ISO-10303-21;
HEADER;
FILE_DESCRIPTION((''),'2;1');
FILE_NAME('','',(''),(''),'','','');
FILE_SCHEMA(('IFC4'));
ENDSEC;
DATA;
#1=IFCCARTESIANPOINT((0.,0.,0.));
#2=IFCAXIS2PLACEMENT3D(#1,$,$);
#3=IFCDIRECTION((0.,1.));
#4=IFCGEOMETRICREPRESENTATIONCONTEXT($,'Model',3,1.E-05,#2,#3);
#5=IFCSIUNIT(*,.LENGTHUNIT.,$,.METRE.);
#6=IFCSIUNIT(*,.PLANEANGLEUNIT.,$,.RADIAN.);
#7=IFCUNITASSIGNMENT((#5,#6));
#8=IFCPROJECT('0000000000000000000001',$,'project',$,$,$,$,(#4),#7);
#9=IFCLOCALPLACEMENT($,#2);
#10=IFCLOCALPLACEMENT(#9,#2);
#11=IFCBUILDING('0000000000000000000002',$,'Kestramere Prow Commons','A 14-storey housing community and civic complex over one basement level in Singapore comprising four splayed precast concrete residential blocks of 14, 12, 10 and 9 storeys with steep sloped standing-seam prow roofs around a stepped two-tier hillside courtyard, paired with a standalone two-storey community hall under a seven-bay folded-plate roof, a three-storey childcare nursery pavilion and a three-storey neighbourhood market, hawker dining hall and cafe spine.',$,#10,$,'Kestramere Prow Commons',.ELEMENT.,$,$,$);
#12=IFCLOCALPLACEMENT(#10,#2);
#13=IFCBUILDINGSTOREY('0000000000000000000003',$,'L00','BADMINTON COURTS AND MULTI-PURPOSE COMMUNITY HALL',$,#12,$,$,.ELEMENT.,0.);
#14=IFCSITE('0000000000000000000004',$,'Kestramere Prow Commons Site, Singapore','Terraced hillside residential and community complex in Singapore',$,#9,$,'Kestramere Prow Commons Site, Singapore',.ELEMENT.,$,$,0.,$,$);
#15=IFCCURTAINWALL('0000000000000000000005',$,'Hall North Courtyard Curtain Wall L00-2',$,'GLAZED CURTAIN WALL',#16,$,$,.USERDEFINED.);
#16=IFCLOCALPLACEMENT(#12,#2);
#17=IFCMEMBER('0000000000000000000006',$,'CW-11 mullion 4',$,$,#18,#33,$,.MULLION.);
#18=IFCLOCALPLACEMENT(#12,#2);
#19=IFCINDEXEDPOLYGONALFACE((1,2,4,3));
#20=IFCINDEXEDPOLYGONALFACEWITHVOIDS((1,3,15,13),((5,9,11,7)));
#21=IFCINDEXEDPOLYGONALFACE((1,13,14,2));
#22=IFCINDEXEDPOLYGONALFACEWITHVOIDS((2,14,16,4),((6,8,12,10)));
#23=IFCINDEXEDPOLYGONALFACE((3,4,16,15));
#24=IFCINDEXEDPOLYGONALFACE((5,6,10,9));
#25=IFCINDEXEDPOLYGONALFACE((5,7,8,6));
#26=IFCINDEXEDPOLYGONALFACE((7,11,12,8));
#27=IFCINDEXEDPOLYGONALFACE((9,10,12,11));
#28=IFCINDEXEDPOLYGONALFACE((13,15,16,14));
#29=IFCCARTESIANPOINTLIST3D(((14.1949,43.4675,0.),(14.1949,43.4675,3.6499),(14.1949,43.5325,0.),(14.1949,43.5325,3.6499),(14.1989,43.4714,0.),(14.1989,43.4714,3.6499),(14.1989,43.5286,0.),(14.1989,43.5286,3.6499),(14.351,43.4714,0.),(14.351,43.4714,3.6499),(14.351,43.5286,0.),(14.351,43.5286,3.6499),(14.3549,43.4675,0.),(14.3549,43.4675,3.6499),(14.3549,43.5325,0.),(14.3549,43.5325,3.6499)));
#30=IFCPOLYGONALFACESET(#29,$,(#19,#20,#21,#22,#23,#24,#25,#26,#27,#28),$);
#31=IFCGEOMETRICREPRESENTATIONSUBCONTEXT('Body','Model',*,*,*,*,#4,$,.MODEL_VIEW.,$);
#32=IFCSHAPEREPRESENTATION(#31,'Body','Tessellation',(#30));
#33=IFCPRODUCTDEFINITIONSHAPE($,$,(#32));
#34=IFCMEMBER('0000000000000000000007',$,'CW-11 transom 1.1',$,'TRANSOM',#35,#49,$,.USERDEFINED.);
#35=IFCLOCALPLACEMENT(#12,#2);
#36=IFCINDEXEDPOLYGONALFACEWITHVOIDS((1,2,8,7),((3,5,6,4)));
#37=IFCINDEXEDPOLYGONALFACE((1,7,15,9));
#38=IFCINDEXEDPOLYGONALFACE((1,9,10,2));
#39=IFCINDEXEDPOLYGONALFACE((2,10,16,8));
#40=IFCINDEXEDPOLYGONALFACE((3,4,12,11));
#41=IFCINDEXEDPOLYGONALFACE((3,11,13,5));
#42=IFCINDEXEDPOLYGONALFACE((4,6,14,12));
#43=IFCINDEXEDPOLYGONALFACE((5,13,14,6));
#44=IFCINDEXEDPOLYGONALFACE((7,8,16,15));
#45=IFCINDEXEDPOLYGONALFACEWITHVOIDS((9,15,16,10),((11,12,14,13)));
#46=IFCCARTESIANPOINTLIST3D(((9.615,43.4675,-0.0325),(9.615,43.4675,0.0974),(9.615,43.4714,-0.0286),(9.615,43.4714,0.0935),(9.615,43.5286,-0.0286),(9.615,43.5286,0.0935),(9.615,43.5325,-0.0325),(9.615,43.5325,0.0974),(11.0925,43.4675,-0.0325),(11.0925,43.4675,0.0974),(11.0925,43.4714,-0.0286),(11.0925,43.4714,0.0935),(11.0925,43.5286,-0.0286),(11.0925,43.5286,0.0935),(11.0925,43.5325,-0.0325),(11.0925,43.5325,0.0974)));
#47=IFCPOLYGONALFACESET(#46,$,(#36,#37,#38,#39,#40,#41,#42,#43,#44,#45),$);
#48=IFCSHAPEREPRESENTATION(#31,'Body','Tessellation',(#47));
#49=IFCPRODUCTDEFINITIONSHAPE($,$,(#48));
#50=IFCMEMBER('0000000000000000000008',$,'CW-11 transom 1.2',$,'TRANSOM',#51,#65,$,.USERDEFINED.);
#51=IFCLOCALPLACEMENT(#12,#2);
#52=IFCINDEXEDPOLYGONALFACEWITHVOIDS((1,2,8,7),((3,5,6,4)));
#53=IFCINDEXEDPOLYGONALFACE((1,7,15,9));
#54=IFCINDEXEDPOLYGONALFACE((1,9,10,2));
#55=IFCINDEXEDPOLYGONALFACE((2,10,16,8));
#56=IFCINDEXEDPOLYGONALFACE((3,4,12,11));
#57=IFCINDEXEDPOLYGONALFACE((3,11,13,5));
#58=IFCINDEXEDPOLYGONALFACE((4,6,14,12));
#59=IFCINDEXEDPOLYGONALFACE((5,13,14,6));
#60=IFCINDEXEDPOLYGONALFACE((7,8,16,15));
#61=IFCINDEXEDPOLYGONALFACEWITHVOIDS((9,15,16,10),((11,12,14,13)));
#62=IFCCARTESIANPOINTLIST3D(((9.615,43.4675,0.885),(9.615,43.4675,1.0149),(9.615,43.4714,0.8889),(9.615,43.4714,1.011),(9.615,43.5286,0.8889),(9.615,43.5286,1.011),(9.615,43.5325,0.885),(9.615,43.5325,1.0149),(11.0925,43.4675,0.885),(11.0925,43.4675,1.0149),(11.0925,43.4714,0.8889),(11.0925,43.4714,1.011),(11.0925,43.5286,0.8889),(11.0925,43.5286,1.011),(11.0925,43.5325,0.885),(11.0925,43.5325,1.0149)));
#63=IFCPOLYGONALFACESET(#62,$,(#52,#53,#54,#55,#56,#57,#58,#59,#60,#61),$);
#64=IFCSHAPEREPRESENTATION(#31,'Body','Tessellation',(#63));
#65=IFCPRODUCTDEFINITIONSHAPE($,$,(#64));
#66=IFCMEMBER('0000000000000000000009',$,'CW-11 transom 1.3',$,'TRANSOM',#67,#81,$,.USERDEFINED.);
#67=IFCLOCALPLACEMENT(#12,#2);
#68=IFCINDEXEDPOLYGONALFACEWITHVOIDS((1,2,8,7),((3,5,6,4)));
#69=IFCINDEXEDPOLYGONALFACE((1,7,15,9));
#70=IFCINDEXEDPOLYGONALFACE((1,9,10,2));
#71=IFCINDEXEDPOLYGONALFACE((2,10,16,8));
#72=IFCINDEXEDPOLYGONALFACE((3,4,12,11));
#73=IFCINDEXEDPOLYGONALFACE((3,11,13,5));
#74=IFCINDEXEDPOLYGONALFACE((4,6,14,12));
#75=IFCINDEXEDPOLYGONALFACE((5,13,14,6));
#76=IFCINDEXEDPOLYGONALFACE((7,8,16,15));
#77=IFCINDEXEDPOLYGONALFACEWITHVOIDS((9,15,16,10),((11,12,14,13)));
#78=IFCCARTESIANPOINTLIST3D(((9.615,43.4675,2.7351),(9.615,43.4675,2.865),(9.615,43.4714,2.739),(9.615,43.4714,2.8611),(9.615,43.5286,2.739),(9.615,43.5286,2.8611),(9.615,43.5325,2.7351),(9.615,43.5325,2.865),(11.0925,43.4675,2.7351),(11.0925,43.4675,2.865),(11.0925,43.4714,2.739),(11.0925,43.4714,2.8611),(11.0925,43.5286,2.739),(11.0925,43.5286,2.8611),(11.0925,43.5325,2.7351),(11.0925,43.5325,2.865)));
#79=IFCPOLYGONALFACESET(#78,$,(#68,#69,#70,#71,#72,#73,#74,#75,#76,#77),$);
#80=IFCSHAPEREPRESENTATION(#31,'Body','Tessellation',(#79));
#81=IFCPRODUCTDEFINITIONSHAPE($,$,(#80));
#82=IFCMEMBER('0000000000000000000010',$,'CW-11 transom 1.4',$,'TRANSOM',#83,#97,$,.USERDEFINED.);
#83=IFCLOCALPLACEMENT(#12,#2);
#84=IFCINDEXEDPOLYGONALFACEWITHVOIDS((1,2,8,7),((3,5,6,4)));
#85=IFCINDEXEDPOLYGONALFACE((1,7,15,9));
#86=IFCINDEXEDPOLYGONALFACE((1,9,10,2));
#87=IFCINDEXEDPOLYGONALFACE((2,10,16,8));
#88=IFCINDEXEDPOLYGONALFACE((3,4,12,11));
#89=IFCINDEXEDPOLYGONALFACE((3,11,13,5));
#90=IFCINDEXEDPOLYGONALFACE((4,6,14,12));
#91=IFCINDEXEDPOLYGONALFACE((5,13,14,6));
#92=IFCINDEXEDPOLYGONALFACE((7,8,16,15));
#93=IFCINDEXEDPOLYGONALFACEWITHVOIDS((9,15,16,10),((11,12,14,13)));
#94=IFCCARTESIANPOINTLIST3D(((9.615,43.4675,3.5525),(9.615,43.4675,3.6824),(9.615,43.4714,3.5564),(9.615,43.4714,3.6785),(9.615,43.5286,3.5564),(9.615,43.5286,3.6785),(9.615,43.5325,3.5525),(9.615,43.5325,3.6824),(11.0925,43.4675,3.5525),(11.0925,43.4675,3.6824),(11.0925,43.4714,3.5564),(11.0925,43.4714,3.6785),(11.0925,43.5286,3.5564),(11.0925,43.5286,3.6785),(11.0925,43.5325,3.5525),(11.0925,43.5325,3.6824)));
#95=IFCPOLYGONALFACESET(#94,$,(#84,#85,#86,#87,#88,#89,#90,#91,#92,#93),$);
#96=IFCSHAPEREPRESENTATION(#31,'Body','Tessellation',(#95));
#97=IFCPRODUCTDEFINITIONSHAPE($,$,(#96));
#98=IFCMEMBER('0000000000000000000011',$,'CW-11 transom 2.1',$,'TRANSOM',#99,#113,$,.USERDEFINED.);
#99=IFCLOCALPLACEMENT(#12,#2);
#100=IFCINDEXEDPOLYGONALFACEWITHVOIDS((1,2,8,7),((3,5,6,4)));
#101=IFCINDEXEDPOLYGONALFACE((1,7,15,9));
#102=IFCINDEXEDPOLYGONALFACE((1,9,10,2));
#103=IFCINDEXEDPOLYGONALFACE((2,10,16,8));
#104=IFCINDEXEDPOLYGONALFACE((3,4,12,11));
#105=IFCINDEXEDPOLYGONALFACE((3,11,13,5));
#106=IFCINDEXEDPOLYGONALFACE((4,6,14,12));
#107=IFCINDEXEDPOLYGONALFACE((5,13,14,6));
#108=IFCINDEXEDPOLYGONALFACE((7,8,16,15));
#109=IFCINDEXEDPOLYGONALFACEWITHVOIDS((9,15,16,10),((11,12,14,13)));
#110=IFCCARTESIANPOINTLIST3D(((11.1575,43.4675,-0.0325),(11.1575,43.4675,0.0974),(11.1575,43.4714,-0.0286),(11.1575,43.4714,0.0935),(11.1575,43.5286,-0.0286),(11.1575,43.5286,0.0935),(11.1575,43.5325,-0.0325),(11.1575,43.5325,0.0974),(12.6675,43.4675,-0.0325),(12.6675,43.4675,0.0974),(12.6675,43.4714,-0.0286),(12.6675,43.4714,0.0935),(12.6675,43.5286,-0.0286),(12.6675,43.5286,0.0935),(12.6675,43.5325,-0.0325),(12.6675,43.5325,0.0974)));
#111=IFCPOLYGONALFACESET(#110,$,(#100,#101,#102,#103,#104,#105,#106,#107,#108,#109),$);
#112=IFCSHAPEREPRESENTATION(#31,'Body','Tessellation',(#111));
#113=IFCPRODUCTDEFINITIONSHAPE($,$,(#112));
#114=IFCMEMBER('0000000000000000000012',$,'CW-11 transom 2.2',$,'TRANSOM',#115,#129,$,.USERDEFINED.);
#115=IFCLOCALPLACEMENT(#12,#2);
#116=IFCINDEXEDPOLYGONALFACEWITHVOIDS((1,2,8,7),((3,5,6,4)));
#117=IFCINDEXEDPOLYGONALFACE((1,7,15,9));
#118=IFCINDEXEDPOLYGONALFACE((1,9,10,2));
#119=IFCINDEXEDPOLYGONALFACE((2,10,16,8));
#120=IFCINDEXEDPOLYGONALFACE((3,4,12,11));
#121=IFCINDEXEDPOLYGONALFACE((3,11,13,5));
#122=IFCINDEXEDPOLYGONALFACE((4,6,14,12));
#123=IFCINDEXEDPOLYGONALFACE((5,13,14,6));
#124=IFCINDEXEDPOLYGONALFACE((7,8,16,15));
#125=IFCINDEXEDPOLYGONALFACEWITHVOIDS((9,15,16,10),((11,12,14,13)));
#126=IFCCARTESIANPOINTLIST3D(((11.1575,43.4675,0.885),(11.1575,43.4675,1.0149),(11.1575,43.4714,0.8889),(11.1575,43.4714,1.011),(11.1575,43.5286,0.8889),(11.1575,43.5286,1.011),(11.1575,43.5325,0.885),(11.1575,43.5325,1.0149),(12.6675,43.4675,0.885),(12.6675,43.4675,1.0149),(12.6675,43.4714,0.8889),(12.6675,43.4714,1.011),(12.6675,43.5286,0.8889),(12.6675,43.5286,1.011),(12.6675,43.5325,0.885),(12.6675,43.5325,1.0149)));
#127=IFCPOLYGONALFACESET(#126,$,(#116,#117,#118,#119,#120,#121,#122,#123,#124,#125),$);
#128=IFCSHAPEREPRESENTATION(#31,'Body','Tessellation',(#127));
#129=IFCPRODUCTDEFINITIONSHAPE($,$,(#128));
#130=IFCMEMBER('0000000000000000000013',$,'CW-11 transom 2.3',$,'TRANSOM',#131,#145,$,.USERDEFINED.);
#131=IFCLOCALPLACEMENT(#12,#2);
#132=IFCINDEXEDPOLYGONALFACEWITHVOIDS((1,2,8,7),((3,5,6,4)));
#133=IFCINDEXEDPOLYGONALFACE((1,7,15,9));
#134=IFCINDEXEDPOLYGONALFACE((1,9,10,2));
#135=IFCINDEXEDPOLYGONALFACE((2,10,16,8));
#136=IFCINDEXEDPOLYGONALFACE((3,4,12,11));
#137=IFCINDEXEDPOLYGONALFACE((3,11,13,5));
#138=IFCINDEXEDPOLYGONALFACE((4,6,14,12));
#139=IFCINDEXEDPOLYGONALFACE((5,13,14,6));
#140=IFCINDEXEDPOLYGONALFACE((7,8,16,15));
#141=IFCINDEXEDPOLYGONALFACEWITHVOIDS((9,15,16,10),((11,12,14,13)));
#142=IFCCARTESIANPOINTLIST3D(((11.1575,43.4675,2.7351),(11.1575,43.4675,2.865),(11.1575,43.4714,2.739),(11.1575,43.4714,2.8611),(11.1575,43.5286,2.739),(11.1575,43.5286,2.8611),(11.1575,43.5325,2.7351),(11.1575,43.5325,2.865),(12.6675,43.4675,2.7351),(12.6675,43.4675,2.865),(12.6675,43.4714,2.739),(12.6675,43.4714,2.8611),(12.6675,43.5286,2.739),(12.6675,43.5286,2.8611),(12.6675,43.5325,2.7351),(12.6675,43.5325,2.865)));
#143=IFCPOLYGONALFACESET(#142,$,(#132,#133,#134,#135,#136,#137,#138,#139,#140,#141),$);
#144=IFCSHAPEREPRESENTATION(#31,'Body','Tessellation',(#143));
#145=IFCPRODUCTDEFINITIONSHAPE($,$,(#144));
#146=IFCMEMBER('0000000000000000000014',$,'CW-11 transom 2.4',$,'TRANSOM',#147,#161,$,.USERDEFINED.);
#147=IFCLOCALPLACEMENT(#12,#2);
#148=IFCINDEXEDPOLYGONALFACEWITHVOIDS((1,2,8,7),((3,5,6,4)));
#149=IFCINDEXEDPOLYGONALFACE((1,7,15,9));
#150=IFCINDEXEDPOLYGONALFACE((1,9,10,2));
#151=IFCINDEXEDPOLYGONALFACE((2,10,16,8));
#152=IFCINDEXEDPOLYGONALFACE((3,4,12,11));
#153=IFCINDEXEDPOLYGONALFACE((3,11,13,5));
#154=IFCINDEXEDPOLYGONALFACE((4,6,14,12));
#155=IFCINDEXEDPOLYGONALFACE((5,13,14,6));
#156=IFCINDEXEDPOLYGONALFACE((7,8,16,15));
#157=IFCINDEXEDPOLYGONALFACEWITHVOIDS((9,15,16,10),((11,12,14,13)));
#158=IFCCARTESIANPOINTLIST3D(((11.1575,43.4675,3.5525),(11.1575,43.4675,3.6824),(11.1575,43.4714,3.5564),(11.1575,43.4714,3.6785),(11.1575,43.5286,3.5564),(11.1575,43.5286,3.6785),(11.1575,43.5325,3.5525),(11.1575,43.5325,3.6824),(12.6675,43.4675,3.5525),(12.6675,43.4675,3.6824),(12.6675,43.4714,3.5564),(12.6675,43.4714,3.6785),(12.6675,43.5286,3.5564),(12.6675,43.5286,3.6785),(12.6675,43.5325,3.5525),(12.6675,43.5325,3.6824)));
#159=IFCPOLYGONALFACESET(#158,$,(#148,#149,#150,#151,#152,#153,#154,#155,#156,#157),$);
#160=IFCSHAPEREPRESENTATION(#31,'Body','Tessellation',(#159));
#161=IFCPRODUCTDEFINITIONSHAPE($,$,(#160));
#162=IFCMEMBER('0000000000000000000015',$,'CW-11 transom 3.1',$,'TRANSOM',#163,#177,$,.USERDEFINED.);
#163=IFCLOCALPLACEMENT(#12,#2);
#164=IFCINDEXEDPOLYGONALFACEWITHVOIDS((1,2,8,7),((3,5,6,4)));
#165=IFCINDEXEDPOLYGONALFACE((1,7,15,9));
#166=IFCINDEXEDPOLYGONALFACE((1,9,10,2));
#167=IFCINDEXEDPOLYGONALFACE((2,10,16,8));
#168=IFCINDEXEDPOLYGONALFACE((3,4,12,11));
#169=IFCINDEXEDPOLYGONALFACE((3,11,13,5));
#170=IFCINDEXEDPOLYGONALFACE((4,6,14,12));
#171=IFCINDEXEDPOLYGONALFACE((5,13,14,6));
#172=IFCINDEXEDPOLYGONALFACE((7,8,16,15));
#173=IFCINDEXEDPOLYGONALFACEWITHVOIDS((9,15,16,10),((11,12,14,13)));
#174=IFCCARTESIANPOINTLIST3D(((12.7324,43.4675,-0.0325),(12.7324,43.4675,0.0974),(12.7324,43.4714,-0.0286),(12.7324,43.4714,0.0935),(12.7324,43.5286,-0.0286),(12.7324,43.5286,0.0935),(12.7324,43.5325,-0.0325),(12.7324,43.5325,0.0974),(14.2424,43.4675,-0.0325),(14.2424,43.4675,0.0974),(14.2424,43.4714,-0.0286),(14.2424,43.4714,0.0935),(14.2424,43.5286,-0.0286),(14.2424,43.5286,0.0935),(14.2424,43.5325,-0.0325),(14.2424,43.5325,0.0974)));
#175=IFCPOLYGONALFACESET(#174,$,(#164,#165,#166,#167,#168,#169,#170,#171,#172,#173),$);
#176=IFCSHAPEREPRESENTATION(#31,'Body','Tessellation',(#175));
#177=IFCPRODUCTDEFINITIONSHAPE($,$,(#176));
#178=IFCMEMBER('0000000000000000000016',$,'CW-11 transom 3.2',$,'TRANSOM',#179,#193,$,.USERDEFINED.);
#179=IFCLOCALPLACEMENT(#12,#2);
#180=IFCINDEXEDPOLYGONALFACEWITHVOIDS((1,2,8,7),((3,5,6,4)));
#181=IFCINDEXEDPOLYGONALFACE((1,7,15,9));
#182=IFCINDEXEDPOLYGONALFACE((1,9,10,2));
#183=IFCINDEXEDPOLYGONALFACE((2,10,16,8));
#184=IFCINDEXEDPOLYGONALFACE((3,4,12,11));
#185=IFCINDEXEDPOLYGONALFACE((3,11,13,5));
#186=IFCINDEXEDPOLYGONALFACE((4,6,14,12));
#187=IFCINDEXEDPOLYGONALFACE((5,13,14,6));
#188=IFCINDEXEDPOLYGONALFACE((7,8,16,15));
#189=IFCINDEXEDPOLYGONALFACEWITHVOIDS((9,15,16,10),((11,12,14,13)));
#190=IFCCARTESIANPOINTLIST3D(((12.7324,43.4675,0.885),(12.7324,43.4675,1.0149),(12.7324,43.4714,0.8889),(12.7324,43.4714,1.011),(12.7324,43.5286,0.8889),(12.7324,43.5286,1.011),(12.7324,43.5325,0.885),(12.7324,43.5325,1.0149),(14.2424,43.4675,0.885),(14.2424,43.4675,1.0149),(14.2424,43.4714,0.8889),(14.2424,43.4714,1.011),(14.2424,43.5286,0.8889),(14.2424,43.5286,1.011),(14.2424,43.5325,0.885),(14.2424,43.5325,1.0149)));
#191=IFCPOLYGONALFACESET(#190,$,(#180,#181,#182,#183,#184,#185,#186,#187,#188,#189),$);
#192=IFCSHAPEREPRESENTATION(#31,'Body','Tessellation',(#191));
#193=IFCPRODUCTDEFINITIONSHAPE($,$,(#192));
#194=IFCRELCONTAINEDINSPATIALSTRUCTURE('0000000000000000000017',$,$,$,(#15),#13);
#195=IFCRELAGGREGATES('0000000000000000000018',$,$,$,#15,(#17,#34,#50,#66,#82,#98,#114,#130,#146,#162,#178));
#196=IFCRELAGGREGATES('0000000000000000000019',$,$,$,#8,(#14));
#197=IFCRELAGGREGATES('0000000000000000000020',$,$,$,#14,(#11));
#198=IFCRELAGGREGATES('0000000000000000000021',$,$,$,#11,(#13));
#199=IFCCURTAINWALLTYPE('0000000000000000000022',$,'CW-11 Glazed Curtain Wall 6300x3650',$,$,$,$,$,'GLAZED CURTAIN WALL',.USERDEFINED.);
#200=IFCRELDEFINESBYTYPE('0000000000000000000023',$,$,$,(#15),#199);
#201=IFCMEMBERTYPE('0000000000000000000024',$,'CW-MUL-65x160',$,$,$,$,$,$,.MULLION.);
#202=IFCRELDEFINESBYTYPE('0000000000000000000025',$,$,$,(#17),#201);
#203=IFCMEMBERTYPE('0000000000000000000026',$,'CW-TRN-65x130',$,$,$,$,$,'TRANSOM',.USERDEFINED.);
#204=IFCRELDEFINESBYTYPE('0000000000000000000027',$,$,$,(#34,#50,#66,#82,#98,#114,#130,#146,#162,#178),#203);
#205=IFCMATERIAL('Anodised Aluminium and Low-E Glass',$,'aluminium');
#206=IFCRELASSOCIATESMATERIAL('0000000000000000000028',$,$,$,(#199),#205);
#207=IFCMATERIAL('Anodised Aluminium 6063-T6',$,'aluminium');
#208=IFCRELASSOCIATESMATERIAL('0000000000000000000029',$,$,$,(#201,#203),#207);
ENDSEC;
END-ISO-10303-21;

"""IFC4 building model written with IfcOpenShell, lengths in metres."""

from ifc_helpers import new_model, si_unit, direction, frame, origin, origin_2d, place, context, subcontext, project, spatial, hollow_rectangle, extrude, material, material_profile, profile_set, type_object, element, aggregate, save


model = new_model("IFC4")

# Units and contexts
model_context = context("Model", 3, precision=1e-05, world=origin(), true_north=direction((0.0, 1.0)))
body_context = subcontext(model_context, "Body", "Model", "MODEL_VIEW")
ifc_project = project(units=[si_unit("LENGTHUNIT", "METRE"), si_unit("PLANEANGLEUNIT", "RADIAN")], contexts=[model_context])

# Site, building, storey
site_placement = place(None, origin())
site = spatial("IfcSite", under=ifc_project, at=site_placement, Name="Kestramere Prow Commons Site, Singapore", Description="Terraced hillside residential and community complex in Singapore", LongName="Kestramere Prow Commons Site, Singapore", CompositionType="ELEMENT", RefElevation=0.0)
building_placement = place(site_placement, origin())
building = spatial("IfcBuilding", under=site, at=building_placement, Name="Kestramere Prow Commons", Description="A 14-storey housing community and civic complex over one basement level in Singapore comprising four splayed precast concrete residential blocks of 14, 12, 10 and 9 storeys with steep sloped standing-seam prow roofs around a stepped two-tier hillside courtyard, paired with a standalone two-storey community hall under a seven-bay folded-plate roof, a three-storey childcare nursery pavilion and a three-storey neighbourhood market, hawker dining hall and cafe spine.", LongName="Kestramere Prow Commons", CompositionType="ELEMENT")
storey_placement = place(building_placement, origin())
storey = spatial("IfcBuildingStorey", under=building, at=storey_placement, Name="L00", Description="BADMINTON COURTS AND MULTI-PURPOSE COMMUNITY HALL", CompositionType="ELEMENT", Elevation=0.0)

# Curtain wall, members
ifc_material_1 = material(Name="Anodised Aluminium and Low-E Glass", Category="aluminium")
curtain_wall_type = type_object("IfcCurtainWallType", Name="CW-11 Glazed Curtain Wall 6300x3650", ElementType="GLAZED CURTAIN WALL", PredefinedType="USERDEFINED", material=ifc_material_1)
curtain_wall_placement = place(storey_placement, origin())
curtain_wall = element("IfcCurtainWall", 1, at=curtain_wall_placement, inside=storey, type_object=curtain_wall_type, Name="Hall North Courtyard Curtain Wall L00-2", ObjectType="GLAZED CURTAIN WALL", PredefinedType="USERDEFINED")
ifc_material_2 = material(Name="Anodised Aluminium 6063-T6", Category="aluminium")
ifc_material_profile_1 = material_profile(ifc_material_2, hollow_rectangle(XDim=0.0649, YDim=0.1599, WallThickness=0.0039, at=origin_2d()), Name="ALU-MUL 65x160")
ifc_profile_set_1 = profile_set([ifc_material_profile_1], Name="Anodised Aluminium 6063-T6")
member_type_1 = type_object("IfcMemberType", Name="CW-MUL-65x160", PredefinedType="MULLION", material=ifc_profile_set_1)
member_1_placement = place(storey_placement, frame((14.2749, 43.5, 0.0), z_axis=(0.0, 0.0, 1.0), x_axis=(0.0, 1.0, 0.0)))
member_1 = element("IfcMember", 2, at=member_1_placement, type_object=member_type_1, Name="CW-11 mullion 4", PredefinedType="MULLION", context=body_context, shape_type="SweptSolid", body=[
    extrude(hollow_rectangle(XDim=0.0649, YDim=0.1599, WallThickness=0.0039, at=origin_2d()), origin(), (0.0, 0.0, 1.0), 3.6499),
])
ifc_material_profile_2 = material_profile(ifc_material_2, hollow_rectangle(XDim=0.0649, YDim=0.1299, WallThickness=0.0039, at=origin_2d()), Name="ALU-TRN 65x130")
ifc_profile_set_2 = profile_set([ifc_material_profile_2], Name="Anodised Aluminium 6063-T6")
member_type_2 = type_object("IfcMemberType", Name="CW-TRN-65x130", ElementType="TRANSOM", PredefinedType="USERDEFINED", material=ifc_profile_set_2)
member_2_placement = place(storey_placement, frame((9.615, 43.5, 0.0325), z_axis=(1.0, 0.0, 0.0), x_axis=(0.0, 1.0, 0.0)))
member_2 = element("IfcMember", 3, at=member_2_placement, type_object=member_type_2, Name="CW-11 transom 1.1", ObjectType="TRANSOM", PredefinedType="USERDEFINED", context=body_context, shape_type="SweptSolid", body=[
    extrude(hollow_rectangle(XDim=0.0649, YDim=0.1299, WallThickness=0.0039, at=origin_2d()), origin(), (0.0, 0.0, 1.0), 1.4775),
])
member_3_placement = place(storey_placement, frame((9.615, 43.5, 0.95), z_axis=(1.0, 0.0, 0.0), x_axis=(0.0, 1.0, 0.0)))
member_3 = element("IfcMember", 4, at=member_3_placement, type_object=member_type_2, Name="CW-11 transom 1.2", ObjectType="TRANSOM", PredefinedType="USERDEFINED", context=body_context, shape_type="SweptSolid", body=[
    extrude(hollow_rectangle(XDim=0.0649, YDim=0.1299, WallThickness=0.0039, at=origin_2d()), origin(), (0.0, 0.0, 1.0), 1.4775),
])
member_4_placement = place(storey_placement, frame((9.615, 43.5, 2.8), z_axis=(1.0, 0.0, 0.0), x_axis=(0.0, 1.0, 0.0)))
member_4 = element("IfcMember", 5, at=member_4_placement, type_object=member_type_2, Name="CW-11 transom 1.3", ObjectType="TRANSOM", PredefinedType="USERDEFINED", context=body_context, shape_type="SweptSolid", body=[
    extrude(hollow_rectangle(XDim=0.0649, YDim=0.1299, WallThickness=0.0039, at=origin_2d()), origin(), (0.0, 0.0, 1.0), 1.4775),
])
member_5_placement = place(storey_placement, frame((9.615, 43.5, 3.6174), z_axis=(1.0, 0.0, 0.0), x_axis=(0.0, 1.0, 0.0)))
member_5 = element("IfcMember", 6, at=member_5_placement, type_object=member_type_2, Name="CW-11 transom 1.4", ObjectType="TRANSOM", PredefinedType="USERDEFINED", context=body_context, shape_type="SweptSolid", body=[
    extrude(hollow_rectangle(XDim=0.0649, YDim=0.1299, WallThickness=0.0039, at=origin_2d()), origin(), (0.0, 0.0, 1.0), 1.4775),
])
member_6_placement = place(storey_placement, frame((11.1575, 43.5, 0.0325), z_axis=(1.0, 0.0, 0.0), x_axis=(0.0, 1.0, 0.0)))
member_6 = element("IfcMember", 7, at=member_6_placement, type_object=member_type_2, Name="CW-11 transom 2.1", ObjectType="TRANSOM", PredefinedType="USERDEFINED", context=body_context, shape_type="SweptSolid", body=[
    extrude(hollow_rectangle(XDim=0.0649, YDim=0.1299, WallThickness=0.0039, at=origin_2d()), origin(), (0.0, 0.0, 1.0), 1.51),
])
member_7_placement = place(storey_placement, frame((11.1575, 43.5, 0.95), z_axis=(1.0, 0.0, 0.0), x_axis=(0.0, 1.0, 0.0)))
member_7 = element("IfcMember", 8, at=member_7_placement, type_object=member_type_2, Name="CW-11 transom 2.2", ObjectType="TRANSOM", PredefinedType="USERDEFINED", context=body_context, shape_type="SweptSolid", body=[
    extrude(hollow_rectangle(XDim=0.0649, YDim=0.1299, WallThickness=0.0039, at=origin_2d()), origin(), (0.0, 0.0, 1.0), 1.51),
])
member_8_placement = place(storey_placement, frame((11.1575, 43.5, 2.8), z_axis=(1.0, 0.0, 0.0), x_axis=(0.0, 1.0, 0.0)))
member_8 = element("IfcMember", 9, at=member_8_placement, type_object=member_type_2, Name="CW-11 transom 2.3", ObjectType="TRANSOM", PredefinedType="USERDEFINED", context=body_context, shape_type="SweptSolid", body=[
    extrude(hollow_rectangle(XDim=0.0649, YDim=0.1299, WallThickness=0.0039, at=origin_2d()), origin(), (0.0, 0.0, 1.0), 1.51),
])
member_9_placement = place(storey_placement, frame((11.1575, 43.5, 3.6174), z_axis=(1.0, 0.0, 0.0), x_axis=(0.0, 1.0, 0.0)))
member_9 = element("IfcMember", 10, at=member_9_placement, type_object=member_type_2, Name="CW-11 transom 2.4", ObjectType="TRANSOM", PredefinedType="USERDEFINED", context=body_context, shape_type="SweptSolid", body=[
    extrude(hollow_rectangle(XDim=0.0649, YDim=0.1299, WallThickness=0.0039, at=origin_2d()), origin(), (0.0, 0.0, 1.0), 1.51),
])
member_10_placement = place(storey_placement, frame((12.7324, 43.5, 0.0325), z_axis=(1.0, 0.0, 0.0), x_axis=(0.0, 1.0, 0.0)))
member_10 = element("IfcMember", 11, at=member_10_placement, type_object=member_type_2, Name="CW-11 transom 3.1", ObjectType="TRANSOM", PredefinedType="USERDEFINED", context=body_context, shape_type="SweptSolid", body=[
    extrude(hollow_rectangle(XDim=0.0649, YDim=0.1299, WallThickness=0.0039, at=origin_2d()), origin(), (0.0, 0.0, 1.0), 1.51),
])
member_11_placement = place(storey_placement, frame((12.7324, 43.5, 0.95), z_axis=(1.0, 0.0, 0.0), x_axis=(0.0, 1.0, 0.0)))
member_11 = element("IfcMember", 12, at=member_11_placement, type_object=member_type_2, Name="CW-11 transom 3.2", ObjectType="TRANSOM", PredefinedType="USERDEFINED", context=body_context, shape_type="SweptSolid", body=[
    extrude(hollow_rectangle(XDim=0.0649, YDim=0.1299, WallThickness=0.0039, at=origin_2d()), origin(), (0.0, 0.0, 1.0), 1.51),
])
aggregate(curtain_wall, [member_1, member_2, member_3, member_4, member_5, member_6, member_7, member_8, member_9, member_10, member_11])

save(model, "model.ifc")
